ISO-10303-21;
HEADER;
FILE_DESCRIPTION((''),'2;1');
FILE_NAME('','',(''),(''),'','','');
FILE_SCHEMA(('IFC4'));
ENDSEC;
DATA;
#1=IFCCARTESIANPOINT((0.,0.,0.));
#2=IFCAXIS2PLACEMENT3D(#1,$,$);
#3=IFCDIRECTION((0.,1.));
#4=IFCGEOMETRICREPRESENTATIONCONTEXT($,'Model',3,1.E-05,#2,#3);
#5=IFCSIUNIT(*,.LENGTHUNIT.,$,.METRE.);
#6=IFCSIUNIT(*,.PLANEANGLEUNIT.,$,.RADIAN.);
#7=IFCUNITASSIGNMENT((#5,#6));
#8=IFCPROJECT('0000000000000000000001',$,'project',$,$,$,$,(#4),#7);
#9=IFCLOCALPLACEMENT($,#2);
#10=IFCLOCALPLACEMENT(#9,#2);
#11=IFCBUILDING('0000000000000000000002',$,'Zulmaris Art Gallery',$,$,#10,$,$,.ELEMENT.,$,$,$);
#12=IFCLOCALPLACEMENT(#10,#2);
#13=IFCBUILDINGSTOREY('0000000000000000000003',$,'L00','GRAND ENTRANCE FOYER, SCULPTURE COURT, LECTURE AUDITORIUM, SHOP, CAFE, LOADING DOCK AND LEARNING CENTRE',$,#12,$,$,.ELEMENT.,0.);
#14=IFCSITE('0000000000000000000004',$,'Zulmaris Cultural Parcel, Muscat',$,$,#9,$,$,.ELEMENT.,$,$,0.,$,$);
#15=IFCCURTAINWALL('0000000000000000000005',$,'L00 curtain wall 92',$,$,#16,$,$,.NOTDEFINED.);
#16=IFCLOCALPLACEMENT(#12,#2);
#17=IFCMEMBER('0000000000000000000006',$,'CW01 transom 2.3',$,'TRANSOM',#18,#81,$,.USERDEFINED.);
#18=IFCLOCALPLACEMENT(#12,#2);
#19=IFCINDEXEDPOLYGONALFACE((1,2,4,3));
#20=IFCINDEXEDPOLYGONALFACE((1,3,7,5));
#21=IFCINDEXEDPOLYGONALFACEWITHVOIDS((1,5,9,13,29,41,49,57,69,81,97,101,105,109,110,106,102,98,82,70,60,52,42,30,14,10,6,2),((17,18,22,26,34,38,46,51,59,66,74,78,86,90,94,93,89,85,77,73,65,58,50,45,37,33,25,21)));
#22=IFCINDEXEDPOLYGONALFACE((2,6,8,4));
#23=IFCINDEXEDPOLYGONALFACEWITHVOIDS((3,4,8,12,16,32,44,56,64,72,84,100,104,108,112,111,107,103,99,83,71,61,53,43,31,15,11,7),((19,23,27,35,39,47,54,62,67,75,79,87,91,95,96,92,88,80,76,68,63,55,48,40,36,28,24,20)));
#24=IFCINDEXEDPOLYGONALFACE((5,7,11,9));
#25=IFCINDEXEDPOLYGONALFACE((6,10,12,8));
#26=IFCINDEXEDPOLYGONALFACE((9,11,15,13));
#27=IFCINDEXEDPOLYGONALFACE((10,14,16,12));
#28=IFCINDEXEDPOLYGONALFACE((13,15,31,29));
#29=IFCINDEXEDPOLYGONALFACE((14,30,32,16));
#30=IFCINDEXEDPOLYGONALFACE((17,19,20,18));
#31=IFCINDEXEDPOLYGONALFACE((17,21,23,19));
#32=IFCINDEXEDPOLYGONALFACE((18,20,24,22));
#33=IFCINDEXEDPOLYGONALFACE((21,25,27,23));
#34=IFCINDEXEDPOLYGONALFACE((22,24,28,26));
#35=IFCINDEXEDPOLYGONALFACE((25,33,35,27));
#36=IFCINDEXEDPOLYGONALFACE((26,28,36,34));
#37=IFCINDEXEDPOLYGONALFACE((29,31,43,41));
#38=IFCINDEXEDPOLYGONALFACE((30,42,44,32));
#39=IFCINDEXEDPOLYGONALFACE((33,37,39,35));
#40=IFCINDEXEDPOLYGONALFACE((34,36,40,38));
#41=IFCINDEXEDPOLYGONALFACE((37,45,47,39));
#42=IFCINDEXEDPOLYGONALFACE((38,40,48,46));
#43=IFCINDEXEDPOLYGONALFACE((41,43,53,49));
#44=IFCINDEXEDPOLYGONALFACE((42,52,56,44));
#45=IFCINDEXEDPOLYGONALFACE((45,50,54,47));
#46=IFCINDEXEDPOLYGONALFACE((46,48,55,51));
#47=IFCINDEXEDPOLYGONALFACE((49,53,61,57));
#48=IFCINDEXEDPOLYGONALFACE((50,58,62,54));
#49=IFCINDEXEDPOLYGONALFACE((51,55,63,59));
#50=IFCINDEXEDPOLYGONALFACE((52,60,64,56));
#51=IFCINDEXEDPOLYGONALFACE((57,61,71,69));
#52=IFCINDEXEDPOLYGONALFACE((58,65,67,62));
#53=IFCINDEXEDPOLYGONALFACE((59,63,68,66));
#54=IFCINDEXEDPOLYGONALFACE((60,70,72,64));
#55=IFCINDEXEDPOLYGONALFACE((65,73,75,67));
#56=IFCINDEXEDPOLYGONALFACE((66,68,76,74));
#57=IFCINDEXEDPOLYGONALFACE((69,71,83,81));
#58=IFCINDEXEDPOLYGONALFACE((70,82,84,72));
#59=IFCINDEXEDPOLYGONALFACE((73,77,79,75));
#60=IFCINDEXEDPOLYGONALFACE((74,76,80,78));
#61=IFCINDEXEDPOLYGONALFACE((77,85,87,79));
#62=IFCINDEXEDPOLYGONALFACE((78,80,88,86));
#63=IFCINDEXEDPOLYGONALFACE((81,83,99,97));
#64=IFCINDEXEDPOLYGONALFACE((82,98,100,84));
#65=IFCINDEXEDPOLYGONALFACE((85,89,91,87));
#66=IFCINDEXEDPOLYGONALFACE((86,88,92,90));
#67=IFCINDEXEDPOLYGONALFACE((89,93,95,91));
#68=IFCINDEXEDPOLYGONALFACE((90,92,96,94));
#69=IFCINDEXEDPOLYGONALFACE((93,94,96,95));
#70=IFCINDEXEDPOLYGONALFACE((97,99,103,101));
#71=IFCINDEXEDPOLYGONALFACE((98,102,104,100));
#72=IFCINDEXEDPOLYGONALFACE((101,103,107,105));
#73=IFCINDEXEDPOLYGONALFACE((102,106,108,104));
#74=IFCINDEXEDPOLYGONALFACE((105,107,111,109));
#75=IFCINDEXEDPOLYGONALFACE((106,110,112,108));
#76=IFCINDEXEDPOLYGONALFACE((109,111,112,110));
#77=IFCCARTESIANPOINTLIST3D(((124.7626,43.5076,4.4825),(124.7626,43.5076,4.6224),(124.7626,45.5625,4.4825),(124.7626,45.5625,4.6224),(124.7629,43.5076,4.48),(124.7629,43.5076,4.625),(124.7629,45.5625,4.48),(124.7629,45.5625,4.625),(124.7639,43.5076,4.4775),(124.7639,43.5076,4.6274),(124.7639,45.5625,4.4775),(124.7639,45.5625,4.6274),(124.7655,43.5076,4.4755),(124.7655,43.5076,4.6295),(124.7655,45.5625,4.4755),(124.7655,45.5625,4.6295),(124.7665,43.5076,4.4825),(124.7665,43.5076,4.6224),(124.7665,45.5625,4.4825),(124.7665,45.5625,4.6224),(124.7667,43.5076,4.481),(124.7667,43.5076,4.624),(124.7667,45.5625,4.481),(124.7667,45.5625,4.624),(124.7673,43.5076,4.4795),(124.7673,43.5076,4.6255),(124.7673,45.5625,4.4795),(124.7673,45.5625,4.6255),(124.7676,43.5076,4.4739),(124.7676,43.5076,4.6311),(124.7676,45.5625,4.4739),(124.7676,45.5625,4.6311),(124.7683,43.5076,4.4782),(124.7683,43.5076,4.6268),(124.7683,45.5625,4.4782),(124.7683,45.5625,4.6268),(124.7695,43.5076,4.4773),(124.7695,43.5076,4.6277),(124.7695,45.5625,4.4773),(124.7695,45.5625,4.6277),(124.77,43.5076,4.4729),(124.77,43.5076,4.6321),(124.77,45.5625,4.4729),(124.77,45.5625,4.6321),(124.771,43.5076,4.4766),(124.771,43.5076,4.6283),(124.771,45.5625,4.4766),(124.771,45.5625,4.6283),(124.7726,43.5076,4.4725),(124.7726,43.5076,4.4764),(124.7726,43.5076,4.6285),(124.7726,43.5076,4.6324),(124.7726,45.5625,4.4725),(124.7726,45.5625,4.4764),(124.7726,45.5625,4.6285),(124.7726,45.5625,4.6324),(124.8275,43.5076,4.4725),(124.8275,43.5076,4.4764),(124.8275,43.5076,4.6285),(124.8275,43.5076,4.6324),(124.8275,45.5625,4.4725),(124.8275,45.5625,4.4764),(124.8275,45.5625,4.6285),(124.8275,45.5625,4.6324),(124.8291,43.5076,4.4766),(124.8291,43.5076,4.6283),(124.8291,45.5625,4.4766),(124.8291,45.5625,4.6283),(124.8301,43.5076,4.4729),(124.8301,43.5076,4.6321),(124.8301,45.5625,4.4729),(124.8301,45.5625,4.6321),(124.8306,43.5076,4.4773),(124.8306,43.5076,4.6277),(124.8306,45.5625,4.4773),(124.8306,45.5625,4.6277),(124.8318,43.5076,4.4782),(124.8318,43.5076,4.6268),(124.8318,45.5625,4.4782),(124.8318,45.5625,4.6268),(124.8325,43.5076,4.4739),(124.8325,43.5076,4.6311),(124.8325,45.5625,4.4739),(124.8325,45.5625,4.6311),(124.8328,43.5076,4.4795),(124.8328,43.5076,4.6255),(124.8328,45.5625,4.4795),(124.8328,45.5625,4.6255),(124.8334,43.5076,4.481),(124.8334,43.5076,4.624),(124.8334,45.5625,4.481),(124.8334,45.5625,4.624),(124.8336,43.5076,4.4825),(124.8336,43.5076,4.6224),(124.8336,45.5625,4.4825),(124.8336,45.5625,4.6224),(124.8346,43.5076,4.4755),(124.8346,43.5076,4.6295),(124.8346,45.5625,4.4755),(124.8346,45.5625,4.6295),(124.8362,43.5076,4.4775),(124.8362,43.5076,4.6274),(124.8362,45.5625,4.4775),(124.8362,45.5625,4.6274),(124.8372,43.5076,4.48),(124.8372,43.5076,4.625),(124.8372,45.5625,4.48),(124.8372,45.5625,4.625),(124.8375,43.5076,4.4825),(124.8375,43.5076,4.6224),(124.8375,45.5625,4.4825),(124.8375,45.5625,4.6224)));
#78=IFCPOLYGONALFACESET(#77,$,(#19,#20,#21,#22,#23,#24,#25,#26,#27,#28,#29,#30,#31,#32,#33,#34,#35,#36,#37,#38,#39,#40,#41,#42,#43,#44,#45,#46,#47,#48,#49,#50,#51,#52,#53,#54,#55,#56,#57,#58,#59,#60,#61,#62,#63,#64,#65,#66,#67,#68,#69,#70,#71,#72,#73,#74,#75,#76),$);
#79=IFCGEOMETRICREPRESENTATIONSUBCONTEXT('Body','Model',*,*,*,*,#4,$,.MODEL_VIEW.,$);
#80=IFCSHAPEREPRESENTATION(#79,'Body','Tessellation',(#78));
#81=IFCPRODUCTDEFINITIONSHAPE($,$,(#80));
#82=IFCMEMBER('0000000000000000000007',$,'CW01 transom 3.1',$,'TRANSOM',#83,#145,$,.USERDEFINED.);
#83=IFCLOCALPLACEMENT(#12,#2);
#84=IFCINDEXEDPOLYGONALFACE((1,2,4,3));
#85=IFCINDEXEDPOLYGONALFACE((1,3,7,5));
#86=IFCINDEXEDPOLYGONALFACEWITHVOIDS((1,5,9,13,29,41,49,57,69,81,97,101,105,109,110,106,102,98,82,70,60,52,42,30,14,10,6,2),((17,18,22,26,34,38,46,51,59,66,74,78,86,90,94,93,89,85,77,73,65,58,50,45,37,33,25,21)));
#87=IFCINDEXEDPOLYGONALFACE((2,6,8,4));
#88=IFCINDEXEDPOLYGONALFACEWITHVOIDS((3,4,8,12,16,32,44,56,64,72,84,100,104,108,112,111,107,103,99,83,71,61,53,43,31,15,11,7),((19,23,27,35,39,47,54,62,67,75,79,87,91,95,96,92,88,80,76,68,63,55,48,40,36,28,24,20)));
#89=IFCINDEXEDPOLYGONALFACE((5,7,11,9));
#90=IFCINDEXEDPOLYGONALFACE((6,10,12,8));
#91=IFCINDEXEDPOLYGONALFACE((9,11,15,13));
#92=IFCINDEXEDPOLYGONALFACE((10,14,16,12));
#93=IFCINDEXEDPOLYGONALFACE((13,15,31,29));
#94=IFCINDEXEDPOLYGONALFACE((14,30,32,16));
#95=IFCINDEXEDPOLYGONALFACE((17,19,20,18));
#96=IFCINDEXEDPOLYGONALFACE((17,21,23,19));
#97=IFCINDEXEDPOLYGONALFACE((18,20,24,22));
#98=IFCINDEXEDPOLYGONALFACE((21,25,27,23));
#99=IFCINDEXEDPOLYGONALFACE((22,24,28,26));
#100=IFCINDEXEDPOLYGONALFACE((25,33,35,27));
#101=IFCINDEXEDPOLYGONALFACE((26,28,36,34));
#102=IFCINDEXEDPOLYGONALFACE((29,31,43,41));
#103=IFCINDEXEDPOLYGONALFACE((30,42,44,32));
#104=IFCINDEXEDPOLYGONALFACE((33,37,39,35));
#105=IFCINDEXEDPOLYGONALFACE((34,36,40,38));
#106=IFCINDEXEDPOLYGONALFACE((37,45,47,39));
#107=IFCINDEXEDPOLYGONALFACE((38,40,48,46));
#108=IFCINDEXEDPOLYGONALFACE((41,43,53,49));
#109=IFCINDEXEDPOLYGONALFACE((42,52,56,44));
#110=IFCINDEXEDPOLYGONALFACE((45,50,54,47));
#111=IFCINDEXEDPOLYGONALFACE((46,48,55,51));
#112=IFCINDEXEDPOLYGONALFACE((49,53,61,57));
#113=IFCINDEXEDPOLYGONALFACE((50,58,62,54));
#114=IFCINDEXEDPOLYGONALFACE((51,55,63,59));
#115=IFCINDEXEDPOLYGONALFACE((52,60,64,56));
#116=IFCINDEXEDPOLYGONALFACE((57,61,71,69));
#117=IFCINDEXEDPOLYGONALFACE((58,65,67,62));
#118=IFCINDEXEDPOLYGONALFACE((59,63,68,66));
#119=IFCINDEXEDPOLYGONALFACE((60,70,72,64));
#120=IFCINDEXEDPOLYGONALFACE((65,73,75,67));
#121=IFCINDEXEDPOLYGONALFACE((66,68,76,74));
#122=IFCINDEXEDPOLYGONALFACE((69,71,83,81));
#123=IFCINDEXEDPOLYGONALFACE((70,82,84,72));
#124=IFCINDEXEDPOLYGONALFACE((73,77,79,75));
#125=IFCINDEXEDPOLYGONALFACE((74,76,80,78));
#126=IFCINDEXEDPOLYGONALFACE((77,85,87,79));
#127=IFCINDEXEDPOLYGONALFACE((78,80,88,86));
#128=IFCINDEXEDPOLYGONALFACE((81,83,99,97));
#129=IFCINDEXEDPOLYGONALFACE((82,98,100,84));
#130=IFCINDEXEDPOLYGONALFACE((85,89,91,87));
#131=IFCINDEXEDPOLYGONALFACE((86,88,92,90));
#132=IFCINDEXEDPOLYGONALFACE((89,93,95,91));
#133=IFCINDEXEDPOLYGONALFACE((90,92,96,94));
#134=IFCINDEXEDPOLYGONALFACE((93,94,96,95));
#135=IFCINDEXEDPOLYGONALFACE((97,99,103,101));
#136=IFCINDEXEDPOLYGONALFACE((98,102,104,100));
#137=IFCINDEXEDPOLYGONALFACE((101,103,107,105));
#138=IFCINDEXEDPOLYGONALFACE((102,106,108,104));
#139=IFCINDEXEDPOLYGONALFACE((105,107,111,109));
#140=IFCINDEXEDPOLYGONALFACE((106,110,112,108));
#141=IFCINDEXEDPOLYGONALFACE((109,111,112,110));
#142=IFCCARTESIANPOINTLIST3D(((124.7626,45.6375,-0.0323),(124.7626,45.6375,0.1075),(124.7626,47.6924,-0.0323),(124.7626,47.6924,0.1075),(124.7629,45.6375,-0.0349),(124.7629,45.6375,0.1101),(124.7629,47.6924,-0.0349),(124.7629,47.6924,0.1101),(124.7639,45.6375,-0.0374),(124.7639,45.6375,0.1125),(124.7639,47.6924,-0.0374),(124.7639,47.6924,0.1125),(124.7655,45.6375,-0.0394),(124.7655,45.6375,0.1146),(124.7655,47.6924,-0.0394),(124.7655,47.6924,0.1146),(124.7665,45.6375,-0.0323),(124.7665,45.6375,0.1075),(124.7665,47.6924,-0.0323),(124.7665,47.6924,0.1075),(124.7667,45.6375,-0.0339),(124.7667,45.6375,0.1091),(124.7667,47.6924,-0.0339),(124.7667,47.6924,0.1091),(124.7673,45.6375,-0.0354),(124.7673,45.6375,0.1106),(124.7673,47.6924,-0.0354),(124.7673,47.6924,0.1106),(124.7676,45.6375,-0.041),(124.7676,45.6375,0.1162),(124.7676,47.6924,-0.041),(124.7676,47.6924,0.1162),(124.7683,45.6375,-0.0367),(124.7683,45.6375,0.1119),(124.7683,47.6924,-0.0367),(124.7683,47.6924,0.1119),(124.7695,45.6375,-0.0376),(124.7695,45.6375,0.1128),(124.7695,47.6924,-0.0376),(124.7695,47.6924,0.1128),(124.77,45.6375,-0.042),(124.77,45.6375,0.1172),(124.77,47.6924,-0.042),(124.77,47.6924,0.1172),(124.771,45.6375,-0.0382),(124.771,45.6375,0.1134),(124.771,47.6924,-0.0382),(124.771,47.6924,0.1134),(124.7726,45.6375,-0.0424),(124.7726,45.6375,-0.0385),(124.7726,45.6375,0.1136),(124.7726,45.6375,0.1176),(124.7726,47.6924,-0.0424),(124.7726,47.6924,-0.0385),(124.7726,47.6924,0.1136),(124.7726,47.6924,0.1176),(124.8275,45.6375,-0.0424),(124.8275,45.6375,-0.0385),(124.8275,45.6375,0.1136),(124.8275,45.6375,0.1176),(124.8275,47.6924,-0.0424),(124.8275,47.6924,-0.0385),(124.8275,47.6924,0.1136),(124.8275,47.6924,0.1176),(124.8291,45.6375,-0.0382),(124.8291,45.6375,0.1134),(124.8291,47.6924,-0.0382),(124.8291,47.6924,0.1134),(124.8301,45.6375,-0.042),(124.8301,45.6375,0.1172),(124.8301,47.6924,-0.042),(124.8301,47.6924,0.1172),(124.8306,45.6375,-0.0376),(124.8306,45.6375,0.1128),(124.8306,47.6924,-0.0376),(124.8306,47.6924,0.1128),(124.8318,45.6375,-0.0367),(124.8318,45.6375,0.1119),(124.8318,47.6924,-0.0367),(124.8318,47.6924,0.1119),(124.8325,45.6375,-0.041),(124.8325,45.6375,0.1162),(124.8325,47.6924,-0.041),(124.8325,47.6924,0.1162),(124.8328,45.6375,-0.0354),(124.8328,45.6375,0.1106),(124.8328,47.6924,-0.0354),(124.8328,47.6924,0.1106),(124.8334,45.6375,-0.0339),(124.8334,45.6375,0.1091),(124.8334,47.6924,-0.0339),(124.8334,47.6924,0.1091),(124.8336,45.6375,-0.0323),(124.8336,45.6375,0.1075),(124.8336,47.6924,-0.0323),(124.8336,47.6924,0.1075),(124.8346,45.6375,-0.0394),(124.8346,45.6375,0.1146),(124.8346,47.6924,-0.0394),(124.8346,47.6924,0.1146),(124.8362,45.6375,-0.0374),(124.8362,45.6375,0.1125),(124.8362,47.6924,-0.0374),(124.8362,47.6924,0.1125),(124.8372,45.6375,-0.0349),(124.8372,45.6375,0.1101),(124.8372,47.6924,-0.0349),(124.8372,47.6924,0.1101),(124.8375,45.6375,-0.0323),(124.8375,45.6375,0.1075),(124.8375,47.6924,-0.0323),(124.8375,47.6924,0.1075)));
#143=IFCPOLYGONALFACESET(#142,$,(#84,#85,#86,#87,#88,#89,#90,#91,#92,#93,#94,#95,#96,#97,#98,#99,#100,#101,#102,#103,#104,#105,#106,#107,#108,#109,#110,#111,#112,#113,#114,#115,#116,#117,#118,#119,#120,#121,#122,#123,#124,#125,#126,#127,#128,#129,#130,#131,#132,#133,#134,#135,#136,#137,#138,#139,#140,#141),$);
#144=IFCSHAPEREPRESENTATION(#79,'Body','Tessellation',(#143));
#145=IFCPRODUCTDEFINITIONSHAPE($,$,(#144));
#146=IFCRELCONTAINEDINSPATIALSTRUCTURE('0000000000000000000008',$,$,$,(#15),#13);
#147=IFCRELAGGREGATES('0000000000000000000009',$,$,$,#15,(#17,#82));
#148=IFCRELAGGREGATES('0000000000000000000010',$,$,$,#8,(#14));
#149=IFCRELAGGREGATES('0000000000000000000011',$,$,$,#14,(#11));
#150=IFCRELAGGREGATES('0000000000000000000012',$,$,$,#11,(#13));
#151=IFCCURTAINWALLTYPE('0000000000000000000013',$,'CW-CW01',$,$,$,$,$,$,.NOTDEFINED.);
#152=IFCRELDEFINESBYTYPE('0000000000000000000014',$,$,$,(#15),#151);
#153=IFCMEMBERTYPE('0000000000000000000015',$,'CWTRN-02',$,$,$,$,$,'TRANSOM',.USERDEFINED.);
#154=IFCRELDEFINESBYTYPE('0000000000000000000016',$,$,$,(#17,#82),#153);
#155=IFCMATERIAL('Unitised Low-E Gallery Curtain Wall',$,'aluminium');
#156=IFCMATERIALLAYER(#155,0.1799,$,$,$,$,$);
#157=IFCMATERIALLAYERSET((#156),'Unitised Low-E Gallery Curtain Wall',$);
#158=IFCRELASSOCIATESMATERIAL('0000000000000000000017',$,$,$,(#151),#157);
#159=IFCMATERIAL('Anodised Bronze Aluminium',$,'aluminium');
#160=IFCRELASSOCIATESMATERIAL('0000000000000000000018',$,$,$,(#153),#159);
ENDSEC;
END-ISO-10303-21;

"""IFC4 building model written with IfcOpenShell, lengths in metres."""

from ifc_helpers import new_model, si_unit, direction, frame, origin, origin_2d, place, context, subcontext, project, spatial, hollow_rectangle, extrude, material, layer, layer_set, material_profile, profile_set, type_object, element, aggregate, save


model = new_model("IFC4")

# Units and contexts
model_context = context("Model", 3, precision=1e-05, world=origin(), true_north=direction((0.0, 1.0)))
body_context = subcontext(model_context, "Body", "Model", "MODEL_VIEW")
ifc_project = project(units=[si_unit("LENGTHUNIT", "METRE"), si_unit("PLANEANGLEUNIT", "RADIAN")], contexts=[model_context])

# Site, building, storey
site_placement = place(None, origin())
site = spatial("IfcSite", under=ifc_project, at=site_placement, Name="Zulmaris Cultural Parcel, Muscat", CompositionType="ELEMENT", RefElevation=0.0)
building_placement = place(site_placement, origin())
building = spatial("IfcBuilding", under=site, at=building_placement, Name="Zulmaris Art Gallery", CompositionType="ELEMENT")
storey_placement = place(building_placement, origin())
storey = spatial("IfcBuildingStorey", under=building, at=storey_placement, Name="L00", Description="GRAND ENTRANCE FOYER, SCULPTURE COURT, LECTURE AUDITORIUM, SHOP, CAFE, LOADING DOCK AND LEARNING CENTRE", CompositionType="ELEMENT", Elevation=0.0)

# Curtain wall
ifc_material_1 = material(Name="Unitised Low-E Gallery Curtain Wall", Category="aluminium")
ifc_layer_1 = layer(ifc_material_1, 0.1799)
ifc_layer_set_1 = layer_set([ifc_layer_1], Name="Unitised Low-E Gallery Curtain Wall")
curtain_wall_type = type_object("IfcCurtainWallType", Name="CW-CW01", PredefinedType="NOTDEFINED", material=ifc_layer_set_1)
curtain_wall_1_placement = place(storey_placement, origin())
curtain_wall_1 = element("IfcCurtainWall", 1, at=curtain_wall_1_placement, inside=storey, type_object=curtain_wall_type, Name="L00 curtain wall 92", PredefinedType="NOTDEFINED")
ifc_material_2 = material(Name="Anodised Bronze Aluminium", Category="aluminium")

# Members
ifc_material_profile_1 = material_profile(ifc_material_2, hollow_rectangle(XDim=0.075, YDim=0.1599, WallThickness=0.0039, InnerFilletRadius=0.0061, OuterFilletRadius=0.01, at=origin_2d()), Name="ALU 75x160x4")
ifc_profile_set_1 = profile_set([ifc_material_profile_1], Name="Anodised Bronze Aluminium")
member_type_1 = type_object("IfcMemberType", Name="CWTRN-02", ElementType="TRANSOM", PredefinedType="USERDEFINED", material=ifc_profile_set_1)
member_1_placement = place(storey_placement, frame((124.8, 43.5076, 4.5525), z_axis=(0.0, 1.0, 0.0), x_axis=(-1.0, 0.0, 0.0)))
member_1 = element("IfcMember", 2, at=member_1_placement, type_object=member_type_1, Name="CW01 transom 2.3", ObjectType="TRANSOM", PredefinedType="USERDEFINED", context=body_context, shape_type="SweptSolid", body=[
    extrude(hollow_rectangle(XDim=0.075, YDim=0.1599, WallThickness=0.0039, InnerFilletRadius=0.0061, OuterFilletRadius=0.01, at=origin_2d()), origin(), (0.0, 0.0, 1.0), 2.0549),
])
member_2_placement = place(storey_placement, frame((124.8, 45.6375, 0.0376), z_axis=(0.0, 1.0, 0.0), x_axis=(-1.0, 0.0, 0.0)))
member_2 = element("IfcMember", 3, at=member_2_placement, type_object=member_type_1, Name="CW01 transom 3.1", ObjectType="TRANSOM", PredefinedType="USERDEFINED", context=body_context, shape_type="SweptSolid", body=[
    extrude(hollow_rectangle(XDim=0.075, YDim=0.1599, WallThickness=0.0039, InnerFilletRadius=0.0061, OuterFilletRadius=0.01, at=origin_2d()), origin(), (0.0, 0.0, 1.0), 2.0549),
])

aggregate(curtain_wall_1, [member_1, member_2])

save(model, "model.ifc")
